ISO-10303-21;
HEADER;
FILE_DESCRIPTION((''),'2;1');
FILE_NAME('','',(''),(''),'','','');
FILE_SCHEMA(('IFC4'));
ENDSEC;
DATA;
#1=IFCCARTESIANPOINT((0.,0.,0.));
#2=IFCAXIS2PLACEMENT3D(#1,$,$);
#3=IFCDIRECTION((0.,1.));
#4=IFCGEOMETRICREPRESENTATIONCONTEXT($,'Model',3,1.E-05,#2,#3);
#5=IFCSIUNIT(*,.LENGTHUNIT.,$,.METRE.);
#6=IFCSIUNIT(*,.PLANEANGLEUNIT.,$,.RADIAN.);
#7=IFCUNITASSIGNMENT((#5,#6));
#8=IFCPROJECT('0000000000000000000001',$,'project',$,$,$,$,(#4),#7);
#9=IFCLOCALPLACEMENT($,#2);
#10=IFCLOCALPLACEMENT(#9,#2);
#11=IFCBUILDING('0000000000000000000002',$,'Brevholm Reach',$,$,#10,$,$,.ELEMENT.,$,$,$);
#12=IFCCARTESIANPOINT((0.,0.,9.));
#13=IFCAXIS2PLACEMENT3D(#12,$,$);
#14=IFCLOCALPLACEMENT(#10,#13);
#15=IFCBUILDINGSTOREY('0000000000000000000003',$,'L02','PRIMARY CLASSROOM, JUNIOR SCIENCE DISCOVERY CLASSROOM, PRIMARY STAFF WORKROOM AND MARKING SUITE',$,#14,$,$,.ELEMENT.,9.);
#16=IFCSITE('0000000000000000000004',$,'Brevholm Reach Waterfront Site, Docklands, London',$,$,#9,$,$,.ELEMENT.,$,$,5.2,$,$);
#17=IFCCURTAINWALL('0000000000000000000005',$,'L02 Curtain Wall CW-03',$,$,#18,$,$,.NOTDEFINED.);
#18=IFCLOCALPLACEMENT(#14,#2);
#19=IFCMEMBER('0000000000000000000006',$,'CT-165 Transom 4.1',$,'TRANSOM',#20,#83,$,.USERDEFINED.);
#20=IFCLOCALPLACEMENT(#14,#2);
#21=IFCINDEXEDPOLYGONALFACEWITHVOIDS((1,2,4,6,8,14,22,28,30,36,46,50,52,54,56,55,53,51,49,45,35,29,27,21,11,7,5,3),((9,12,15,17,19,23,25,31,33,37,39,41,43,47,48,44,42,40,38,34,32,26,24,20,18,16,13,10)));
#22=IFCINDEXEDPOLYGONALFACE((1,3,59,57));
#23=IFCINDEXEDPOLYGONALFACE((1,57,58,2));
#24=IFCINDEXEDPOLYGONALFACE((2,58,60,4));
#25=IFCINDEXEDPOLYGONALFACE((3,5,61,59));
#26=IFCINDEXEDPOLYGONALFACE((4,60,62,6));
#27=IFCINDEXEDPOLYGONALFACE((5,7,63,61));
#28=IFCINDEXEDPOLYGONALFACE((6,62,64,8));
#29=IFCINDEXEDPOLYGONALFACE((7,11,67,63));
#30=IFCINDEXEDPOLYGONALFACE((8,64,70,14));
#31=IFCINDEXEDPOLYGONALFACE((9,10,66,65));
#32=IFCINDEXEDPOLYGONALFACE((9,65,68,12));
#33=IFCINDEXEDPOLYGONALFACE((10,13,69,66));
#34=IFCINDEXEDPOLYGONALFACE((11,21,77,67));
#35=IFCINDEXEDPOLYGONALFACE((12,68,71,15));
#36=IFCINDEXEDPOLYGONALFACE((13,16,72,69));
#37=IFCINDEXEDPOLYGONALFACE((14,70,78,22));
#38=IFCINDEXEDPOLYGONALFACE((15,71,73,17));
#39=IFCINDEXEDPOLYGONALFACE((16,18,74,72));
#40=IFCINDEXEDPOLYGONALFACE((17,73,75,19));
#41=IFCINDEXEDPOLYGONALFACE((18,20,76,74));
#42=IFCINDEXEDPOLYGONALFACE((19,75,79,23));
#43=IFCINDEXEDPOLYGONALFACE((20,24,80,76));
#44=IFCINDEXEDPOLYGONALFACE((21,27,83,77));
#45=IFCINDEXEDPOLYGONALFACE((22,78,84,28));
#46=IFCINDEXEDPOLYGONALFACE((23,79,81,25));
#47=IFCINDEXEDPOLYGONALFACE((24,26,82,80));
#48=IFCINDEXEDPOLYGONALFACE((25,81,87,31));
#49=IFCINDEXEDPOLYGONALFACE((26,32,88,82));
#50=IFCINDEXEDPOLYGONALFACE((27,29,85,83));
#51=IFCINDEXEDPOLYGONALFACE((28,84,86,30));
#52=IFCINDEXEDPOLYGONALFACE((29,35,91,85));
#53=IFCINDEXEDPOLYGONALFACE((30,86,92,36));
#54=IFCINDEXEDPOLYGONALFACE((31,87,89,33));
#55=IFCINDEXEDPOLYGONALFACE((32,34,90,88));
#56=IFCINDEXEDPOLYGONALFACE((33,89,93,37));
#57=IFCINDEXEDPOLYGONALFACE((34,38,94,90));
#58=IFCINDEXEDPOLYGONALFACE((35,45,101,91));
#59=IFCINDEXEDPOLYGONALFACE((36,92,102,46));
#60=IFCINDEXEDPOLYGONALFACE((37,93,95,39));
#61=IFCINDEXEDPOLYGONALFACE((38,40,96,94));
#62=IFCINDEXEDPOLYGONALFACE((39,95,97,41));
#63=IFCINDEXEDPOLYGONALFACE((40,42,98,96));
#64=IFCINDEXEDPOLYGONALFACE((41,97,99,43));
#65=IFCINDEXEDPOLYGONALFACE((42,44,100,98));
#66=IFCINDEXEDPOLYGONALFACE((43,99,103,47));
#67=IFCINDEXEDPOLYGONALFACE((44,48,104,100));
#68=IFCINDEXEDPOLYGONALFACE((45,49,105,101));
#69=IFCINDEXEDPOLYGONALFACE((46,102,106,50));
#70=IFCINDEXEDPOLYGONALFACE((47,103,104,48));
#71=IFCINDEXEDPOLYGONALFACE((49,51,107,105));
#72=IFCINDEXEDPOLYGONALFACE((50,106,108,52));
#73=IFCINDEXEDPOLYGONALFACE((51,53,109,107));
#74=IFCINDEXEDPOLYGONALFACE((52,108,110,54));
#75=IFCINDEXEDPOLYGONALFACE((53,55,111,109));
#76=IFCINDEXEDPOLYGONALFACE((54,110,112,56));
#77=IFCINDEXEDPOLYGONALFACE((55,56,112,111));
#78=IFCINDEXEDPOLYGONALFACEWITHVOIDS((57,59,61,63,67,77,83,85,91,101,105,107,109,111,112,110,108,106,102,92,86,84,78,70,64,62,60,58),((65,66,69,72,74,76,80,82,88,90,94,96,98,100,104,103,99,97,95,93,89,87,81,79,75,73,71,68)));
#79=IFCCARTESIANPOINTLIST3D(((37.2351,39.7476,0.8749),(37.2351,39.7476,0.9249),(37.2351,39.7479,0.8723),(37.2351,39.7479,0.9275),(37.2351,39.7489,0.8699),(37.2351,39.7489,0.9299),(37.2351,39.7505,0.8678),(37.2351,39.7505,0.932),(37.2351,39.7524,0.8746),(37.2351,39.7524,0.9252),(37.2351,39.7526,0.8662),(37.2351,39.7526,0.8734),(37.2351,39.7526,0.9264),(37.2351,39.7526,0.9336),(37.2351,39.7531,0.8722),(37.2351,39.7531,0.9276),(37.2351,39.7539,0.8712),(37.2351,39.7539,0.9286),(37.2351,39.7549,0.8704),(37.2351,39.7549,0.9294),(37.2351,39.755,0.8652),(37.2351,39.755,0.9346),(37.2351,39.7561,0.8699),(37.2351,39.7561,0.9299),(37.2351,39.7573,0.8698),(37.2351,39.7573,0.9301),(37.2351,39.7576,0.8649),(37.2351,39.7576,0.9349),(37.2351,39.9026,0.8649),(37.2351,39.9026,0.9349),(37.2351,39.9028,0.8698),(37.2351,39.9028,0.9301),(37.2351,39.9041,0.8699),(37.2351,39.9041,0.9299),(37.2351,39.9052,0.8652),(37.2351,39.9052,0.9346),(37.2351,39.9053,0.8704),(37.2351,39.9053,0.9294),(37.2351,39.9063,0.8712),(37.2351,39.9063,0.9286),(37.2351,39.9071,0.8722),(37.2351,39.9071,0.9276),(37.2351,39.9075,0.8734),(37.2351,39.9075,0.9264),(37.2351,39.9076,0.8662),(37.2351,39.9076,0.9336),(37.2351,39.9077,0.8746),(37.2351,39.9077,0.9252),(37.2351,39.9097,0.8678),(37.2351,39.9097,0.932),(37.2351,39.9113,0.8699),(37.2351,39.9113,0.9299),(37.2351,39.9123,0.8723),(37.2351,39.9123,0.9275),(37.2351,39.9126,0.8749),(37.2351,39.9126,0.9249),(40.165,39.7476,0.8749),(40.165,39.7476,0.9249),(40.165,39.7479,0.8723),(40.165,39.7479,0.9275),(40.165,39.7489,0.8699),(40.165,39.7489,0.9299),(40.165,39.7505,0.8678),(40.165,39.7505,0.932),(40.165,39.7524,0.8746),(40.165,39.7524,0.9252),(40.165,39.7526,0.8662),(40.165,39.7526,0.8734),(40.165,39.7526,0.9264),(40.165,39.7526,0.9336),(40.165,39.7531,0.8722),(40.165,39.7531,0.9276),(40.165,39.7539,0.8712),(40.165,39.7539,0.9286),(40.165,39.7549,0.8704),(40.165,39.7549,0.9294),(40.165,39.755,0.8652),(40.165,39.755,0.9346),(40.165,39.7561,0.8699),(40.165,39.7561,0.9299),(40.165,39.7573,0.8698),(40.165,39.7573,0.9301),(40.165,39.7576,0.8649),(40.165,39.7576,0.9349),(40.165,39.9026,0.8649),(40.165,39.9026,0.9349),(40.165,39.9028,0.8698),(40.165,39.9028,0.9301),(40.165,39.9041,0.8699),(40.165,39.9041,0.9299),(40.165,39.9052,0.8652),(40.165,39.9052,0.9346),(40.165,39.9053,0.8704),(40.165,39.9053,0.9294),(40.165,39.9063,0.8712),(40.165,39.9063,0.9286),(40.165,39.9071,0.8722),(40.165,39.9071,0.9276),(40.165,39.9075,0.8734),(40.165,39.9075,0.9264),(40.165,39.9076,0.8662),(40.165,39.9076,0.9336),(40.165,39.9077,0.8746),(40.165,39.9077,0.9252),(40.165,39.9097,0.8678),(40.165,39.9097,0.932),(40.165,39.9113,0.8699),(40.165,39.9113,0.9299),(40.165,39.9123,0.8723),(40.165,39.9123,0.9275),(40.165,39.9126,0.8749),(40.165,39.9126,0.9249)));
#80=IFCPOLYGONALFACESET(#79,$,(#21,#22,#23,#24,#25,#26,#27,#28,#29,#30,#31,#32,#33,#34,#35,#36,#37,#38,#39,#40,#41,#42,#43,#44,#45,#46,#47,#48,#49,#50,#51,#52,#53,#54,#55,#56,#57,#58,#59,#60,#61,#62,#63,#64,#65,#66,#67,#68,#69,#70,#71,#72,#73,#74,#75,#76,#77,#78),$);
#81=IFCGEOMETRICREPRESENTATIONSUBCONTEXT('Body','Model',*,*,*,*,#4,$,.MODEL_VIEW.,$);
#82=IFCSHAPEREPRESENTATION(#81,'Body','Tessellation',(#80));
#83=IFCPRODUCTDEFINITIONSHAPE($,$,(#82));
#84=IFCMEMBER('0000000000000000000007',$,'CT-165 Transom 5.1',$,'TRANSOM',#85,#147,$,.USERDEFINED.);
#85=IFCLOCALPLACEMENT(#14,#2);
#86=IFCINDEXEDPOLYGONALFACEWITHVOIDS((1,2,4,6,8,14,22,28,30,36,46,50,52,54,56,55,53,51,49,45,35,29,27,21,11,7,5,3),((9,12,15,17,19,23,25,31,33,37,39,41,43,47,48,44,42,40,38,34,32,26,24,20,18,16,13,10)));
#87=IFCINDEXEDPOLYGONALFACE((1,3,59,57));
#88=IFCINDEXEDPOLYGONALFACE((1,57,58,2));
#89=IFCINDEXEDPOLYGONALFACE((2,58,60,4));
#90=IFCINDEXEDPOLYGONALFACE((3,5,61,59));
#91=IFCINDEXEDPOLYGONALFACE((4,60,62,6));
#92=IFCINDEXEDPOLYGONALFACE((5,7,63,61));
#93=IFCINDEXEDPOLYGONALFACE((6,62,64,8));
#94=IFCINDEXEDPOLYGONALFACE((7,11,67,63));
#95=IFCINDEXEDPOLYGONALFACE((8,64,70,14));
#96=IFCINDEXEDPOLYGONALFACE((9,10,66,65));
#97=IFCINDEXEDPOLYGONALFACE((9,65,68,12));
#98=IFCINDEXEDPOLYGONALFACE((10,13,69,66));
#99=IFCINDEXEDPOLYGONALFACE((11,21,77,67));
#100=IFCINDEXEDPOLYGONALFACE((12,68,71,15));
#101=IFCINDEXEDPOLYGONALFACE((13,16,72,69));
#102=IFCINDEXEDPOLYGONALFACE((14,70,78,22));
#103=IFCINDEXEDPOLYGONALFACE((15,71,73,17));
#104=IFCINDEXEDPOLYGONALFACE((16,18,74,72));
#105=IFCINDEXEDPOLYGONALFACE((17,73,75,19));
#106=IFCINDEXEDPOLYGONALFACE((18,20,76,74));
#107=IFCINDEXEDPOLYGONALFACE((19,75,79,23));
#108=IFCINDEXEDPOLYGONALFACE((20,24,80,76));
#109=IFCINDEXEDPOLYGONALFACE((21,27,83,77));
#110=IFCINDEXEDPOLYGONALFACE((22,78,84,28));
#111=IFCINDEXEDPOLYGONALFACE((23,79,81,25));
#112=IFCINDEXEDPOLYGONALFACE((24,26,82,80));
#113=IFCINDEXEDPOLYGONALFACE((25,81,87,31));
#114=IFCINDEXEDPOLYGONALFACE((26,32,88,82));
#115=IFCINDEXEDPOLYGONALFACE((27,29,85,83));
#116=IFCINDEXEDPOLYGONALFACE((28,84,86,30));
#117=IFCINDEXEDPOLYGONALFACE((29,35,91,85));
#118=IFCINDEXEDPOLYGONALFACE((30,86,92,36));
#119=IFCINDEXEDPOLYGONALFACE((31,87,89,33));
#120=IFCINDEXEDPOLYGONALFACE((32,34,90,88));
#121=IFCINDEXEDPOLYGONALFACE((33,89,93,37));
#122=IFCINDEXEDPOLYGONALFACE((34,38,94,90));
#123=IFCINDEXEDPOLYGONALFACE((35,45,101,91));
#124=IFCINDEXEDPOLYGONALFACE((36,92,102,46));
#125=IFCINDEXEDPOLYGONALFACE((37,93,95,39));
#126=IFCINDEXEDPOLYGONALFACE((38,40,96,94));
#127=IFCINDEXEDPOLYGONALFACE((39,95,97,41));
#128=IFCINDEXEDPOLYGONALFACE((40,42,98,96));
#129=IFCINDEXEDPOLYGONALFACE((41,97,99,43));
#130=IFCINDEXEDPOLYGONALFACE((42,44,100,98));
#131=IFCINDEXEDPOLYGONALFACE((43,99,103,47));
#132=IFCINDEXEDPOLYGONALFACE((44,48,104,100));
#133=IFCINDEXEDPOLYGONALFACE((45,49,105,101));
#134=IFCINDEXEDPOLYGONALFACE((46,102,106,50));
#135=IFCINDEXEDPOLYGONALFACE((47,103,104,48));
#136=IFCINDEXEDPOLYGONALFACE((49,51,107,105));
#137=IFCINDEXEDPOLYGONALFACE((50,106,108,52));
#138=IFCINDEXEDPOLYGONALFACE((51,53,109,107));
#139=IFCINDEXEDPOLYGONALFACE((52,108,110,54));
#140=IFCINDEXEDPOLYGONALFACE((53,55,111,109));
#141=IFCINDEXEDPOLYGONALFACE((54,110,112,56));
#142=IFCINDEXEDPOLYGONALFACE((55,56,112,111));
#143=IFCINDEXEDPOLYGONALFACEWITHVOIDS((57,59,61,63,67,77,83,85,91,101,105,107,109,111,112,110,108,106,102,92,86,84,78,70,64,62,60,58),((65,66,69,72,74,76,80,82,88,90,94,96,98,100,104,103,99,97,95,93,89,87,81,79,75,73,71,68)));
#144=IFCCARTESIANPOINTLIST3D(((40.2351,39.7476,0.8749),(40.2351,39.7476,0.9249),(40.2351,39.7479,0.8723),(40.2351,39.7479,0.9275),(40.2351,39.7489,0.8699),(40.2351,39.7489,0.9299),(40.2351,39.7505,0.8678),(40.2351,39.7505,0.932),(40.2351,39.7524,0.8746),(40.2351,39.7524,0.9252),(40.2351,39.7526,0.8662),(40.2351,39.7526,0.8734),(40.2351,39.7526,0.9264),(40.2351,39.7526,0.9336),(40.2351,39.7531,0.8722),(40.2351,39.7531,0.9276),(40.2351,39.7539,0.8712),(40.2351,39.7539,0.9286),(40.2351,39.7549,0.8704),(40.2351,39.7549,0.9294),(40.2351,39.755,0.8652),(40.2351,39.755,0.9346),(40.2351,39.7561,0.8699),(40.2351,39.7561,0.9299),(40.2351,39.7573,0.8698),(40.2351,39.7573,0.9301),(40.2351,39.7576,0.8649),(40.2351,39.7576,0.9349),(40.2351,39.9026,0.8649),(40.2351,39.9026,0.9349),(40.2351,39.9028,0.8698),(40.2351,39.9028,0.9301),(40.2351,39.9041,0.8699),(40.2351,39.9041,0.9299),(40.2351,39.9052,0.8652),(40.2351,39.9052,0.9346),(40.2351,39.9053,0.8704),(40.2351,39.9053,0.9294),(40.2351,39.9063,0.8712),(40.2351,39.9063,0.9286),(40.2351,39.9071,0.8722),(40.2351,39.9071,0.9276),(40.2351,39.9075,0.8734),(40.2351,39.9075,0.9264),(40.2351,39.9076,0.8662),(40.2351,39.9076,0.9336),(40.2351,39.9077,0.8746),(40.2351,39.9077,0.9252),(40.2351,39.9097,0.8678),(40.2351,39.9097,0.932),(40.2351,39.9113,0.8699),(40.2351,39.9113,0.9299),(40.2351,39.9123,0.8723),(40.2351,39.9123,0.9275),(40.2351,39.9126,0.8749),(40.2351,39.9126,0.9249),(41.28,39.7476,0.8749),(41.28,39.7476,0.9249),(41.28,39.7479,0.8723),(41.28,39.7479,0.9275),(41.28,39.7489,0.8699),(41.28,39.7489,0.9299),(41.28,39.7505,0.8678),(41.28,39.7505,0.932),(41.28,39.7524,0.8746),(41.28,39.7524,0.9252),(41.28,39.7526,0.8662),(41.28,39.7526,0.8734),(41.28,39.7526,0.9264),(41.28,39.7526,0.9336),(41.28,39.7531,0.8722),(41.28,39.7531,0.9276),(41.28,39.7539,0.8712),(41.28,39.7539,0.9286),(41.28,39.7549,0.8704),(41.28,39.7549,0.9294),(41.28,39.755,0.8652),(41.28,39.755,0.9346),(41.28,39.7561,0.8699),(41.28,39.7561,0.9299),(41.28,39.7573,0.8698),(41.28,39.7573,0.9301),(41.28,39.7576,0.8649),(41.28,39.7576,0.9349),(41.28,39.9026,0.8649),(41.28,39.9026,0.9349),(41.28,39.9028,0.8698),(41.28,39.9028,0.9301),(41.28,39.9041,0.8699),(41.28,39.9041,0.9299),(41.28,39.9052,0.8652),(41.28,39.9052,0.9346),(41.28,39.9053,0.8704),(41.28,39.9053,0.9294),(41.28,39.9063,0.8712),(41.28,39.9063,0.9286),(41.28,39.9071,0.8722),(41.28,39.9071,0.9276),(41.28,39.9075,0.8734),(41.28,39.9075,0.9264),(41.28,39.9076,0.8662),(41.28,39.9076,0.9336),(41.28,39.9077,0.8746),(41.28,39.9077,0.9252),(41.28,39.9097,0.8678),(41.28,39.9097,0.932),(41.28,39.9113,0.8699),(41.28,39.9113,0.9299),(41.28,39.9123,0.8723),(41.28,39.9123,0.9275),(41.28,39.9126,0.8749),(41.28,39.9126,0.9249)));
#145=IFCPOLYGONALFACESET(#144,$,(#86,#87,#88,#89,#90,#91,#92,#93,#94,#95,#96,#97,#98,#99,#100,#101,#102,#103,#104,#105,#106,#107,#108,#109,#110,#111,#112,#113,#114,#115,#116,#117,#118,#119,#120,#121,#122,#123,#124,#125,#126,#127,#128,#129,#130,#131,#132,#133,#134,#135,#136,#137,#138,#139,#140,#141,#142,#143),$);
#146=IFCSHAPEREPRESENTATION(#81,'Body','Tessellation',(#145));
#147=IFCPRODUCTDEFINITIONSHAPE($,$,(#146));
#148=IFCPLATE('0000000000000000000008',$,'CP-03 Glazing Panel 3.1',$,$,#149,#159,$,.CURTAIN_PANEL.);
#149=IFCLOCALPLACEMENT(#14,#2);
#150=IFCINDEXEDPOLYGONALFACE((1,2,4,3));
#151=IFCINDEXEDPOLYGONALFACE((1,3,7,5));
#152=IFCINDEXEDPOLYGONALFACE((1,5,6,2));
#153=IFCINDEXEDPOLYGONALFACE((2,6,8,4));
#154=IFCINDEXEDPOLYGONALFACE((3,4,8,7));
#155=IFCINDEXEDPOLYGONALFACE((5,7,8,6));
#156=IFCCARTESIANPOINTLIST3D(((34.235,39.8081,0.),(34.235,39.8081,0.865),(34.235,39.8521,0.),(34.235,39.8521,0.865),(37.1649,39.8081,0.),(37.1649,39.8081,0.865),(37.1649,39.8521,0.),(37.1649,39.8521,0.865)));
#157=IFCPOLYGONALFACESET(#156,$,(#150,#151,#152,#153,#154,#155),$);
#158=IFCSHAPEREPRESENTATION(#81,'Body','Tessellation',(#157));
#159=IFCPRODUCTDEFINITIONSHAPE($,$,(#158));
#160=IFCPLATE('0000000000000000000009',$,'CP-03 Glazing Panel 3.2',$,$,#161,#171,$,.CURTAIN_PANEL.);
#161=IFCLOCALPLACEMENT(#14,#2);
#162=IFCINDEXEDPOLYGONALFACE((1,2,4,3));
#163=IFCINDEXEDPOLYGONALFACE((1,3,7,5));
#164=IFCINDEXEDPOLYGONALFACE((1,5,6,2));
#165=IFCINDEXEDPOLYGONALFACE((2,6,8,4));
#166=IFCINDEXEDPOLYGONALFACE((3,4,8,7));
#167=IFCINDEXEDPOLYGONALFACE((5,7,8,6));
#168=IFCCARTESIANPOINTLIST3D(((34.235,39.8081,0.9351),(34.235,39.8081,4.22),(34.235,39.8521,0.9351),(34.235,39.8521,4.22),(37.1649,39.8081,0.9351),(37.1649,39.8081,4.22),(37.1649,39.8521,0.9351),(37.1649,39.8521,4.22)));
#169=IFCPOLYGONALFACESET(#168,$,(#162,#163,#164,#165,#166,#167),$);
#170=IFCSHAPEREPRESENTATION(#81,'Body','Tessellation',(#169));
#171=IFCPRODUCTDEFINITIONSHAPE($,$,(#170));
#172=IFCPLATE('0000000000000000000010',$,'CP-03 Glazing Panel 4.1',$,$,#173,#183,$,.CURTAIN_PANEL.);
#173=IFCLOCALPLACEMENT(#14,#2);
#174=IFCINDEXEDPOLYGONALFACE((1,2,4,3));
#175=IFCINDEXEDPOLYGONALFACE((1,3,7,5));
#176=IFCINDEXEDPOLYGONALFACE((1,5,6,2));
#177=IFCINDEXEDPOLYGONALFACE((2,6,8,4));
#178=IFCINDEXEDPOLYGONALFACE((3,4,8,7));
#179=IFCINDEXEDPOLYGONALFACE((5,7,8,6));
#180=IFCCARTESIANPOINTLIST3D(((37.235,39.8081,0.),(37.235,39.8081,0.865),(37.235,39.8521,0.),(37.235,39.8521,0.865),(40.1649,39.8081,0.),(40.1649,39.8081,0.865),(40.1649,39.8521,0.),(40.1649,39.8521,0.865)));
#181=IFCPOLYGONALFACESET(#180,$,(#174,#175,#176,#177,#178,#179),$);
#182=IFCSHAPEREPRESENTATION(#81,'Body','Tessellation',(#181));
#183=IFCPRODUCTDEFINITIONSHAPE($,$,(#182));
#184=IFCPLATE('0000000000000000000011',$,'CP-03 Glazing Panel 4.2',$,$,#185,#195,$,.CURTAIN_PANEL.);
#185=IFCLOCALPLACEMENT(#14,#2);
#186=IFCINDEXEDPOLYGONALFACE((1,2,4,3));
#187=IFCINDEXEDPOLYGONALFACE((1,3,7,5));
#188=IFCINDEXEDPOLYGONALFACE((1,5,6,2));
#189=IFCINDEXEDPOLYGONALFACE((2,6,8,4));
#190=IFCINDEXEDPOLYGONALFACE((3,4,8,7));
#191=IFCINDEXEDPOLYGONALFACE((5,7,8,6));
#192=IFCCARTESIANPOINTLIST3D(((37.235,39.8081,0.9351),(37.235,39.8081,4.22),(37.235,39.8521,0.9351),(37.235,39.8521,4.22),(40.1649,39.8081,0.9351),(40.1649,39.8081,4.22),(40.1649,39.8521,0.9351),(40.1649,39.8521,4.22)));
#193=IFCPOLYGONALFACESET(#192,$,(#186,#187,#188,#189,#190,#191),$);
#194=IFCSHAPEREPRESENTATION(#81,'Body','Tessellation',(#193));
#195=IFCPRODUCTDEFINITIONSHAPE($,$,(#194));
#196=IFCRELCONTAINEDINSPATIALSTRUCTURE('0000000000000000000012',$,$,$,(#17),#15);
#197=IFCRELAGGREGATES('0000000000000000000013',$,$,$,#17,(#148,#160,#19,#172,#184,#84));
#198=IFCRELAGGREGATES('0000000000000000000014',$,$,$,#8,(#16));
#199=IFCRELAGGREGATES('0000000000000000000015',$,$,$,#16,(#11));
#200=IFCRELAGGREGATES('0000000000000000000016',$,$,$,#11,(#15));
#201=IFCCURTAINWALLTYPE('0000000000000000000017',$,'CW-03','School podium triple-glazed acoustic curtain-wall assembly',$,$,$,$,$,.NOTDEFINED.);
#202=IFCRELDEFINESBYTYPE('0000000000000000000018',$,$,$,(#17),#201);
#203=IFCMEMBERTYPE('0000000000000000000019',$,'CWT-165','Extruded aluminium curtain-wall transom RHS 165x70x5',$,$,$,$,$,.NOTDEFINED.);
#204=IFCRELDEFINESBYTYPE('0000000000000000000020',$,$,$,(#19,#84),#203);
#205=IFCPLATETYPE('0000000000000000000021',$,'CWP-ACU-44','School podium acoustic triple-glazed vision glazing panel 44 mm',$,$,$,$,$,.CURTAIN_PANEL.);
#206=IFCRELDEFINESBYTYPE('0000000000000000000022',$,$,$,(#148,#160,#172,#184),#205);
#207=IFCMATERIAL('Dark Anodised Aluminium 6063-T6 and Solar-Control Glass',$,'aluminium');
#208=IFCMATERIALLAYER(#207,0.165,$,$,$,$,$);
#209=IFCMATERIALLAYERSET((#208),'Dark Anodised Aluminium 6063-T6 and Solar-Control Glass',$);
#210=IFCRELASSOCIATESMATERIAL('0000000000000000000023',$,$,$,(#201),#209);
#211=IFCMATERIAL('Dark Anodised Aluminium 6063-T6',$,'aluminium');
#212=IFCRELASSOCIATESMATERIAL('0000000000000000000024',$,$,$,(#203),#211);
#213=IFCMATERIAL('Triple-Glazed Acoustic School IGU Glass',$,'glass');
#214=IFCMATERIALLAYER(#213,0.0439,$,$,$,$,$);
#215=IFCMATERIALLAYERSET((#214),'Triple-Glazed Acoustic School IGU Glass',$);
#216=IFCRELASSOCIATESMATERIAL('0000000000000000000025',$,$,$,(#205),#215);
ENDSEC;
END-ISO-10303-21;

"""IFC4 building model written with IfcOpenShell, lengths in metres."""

from ifc_helpers import new_model, si_unit, direction, frame, origin, origin_2d, place, context, subcontext, project, spatial, rectangle, hollow_rectangle, extrude, material, layer, layer_set, material_profile, profile_set, type_object, element, aggregate, save


model = new_model("IFC4")

# Units and contexts
model_context = context("Model", 3, precision=1e-05, world=origin(), true_north=direction((0.0, 1.0)))
body_context = subcontext(model_context, "Body", "Model", "MODEL_VIEW")
ifc_project = project(units=[si_unit("LENGTHUNIT", "METRE"), si_unit("PLANEANGLEUNIT", "RADIAN")], contexts=[model_context])

# Site, building, storey
site_placement = place(None, origin())
site = spatial("IfcSite", under=ifc_project, at=site_placement, Name="Brevholm Reach Waterfront Site, Docklands, London", CompositionType="ELEMENT", RefElevation=5.2)
building_placement = place(site_placement, origin())
building = spatial("IfcBuilding", under=site, at=building_placement, Name="Brevholm Reach", CompositionType="ELEMENT")
storey_placement = place(building_placement, frame((0.0, 0.0, 9.0)))
storey = spatial("IfcBuildingStorey", under=building, at=storey_placement, Name="L02", Description="PRIMARY CLASSROOM, JUNIOR SCIENCE DISCOVERY CLASSROOM, PRIMARY STAFF WORKROOM AND MARKING SUITE", CompositionType="ELEMENT", Elevation=9.0)

# Curtain wall, members, plates
ifc_material_1 = material(Name="Dark Anodised Aluminium 6063-T6 and Solar-Control Glass", Category="aluminium")
ifc_layer_1 = layer(ifc_material_1, 0.165)
ifc_layer_set_1 = layer_set([ifc_layer_1], Name="Dark Anodised Aluminium 6063-T6 and Solar-Control Glass")
curtain_wall_type = type_object("IfcCurtainWallType", Name="CW-03", Description="School podium triple-glazed acoustic curtain-wall assembly", PredefinedType="NOTDEFINED", material=ifc_layer_set_1)
curtain_wall_placement = place(storey_placement, origin())
curtain_wall = element("IfcCurtainWall", 1, at=curtain_wall_placement, inside=storey, type_object=curtain_wall_type, Name="L02 Curtain Wall CW-03", PredefinedType="NOTDEFINED")
ifc_material_2 = material(Name="Dark Anodised Aluminium 6063-T6", Category="aluminium")
ifc_material_profile_1 = material_profile(ifc_material_2, hollow_rectangle(XDim=0.0701, YDim=0.165, WallThickness=0.0049, InnerFilletRadius=0.0049, OuterFilletRadius=0.01, at=origin_2d()), Name="RHS 165x70x5")
ifc_profile_set_1 = profile_set([ifc_material_profile_1], Name="Dark Anodised Aluminium 6063-T6")
member_type_1 = type_object("IfcMemberType", Name="CWT-165", Description="Extruded aluminium curtain-wall transom RHS 165x70x5", PredefinedType="NOTDEFINED", material=ifc_profile_set_1)
member_1_placement = place(storey_placement, frame((37.2351, 39.8301, 0.8999), z_axis=(1.0, 0.0, 0.0), x_axis=(0.0, 0.0, 1.0)))
member_1 = element("IfcMember", 2, at=member_1_placement, type_object=member_type_1, Name="CT-165 Transom 4.1", ObjectType="TRANSOM", PredefinedType="USERDEFINED", context=body_context, shape_type="SweptSolid", body=[
    extrude(hollow_rectangle(XDim=0.0701, YDim=0.165, WallThickness=0.0049, InnerFilletRadius=0.0049, OuterFilletRadius=0.01, at=origin_2d()), origin(), (0.0, 0.0, 1.0), 2.9299),
])
member_2_placement = place(storey_placement, frame((40.2351, 39.8301, 0.8999), z_axis=(1.0, 0.0, 0.0), x_axis=(0.0, 0.0, 1.0)))
member_2 = element("IfcMember", 3, at=member_2_placement, type_object=member_type_1, Name="CT-165 Transom 5.1", ObjectType="TRANSOM", PredefinedType="USERDEFINED", context=body_context, shape_type="SweptSolid", body=[
    extrude(hollow_rectangle(XDim=0.0701, YDim=0.165, WallThickness=0.0049, InnerFilletRadius=0.0049, OuterFilletRadius=0.01, at=origin_2d()), origin(), (0.0, 0.0, 1.0), 1.0449),
])
ifc_material_3 = material(Name="Triple-Glazed Acoustic School IGU Glass", Category="glass")
ifc_layer_2 = layer(ifc_material_3, 0.0439)
ifc_layer_set_2 = layer_set([ifc_layer_2], Name="Triple-Glazed Acoustic School IGU Glass")
plate_type = type_object("IfcPlateType", Name="CWP-ACU-44", Description="School podium acoustic triple-glazed vision glazing panel 44 mm", PredefinedType="CURTAIN_PANEL", material=ifc_layer_set_2)
plate_1_placement = place(storey_placement, frame((35.7, 39.8301, 0.0), z_axis=(0.0, 0.0, 1.0), x_axis=(1.0, 0.0, 0.0)))
plate_1 = element("IfcPlate", 4, at=plate_1_placement, type_object=plate_type, Name="CP-03 Glazing Panel 3.1", PredefinedType="CURTAIN_PANEL", context=body_context, shape_type="SweptSolid", body=[
    extrude(rectangle(XDim=2.9299, YDim=0.0439, at=origin_2d()), origin(), (0.0, 0.0, 1.0), 0.865),
])
plate_2_placement = place(storey_placement, frame((35.7, 39.8301, 0.9351), z_axis=(0.0, 0.0, 1.0), x_axis=(1.0, 0.0, 0.0)))
plate_2 = element("IfcPlate", 5, at=plate_2_placement, type_object=plate_type, Name="CP-03 Glazing Panel 3.2", PredefinedType="CURTAIN_PANEL", context=body_context, shape_type="SweptSolid", body=[
    extrude(rectangle(XDim=2.9299, YDim=0.0439, at=origin_2d()), origin(), (0.0, 0.0, 1.0), 3.2849),
])
plate_3_placement = place(storey_placement, frame((38.7, 39.8301, 0.0), z_axis=(0.0, 0.0, 1.0), x_axis=(1.0, 0.0, 0.0)))
plate_3 = element("IfcPlate", 6, at=plate_3_placement, type_object=plate_type, Name="CP-03 Glazing Panel 4.1", PredefinedType="CURTAIN_PANEL", context=body_context, shape_type="SweptSolid", body=[
    extrude(rectangle(XDim=2.9299, YDim=0.0439, at=origin_2d()), origin(), (0.0, 0.0, 1.0), 0.865),
])
plate_4_placement = place(storey_placement, frame((38.7, 39.8301, 0.9351), z_axis=(0.0, 0.0, 1.0), x_axis=(1.0, 0.0, 0.0)))
plate_4 = element("IfcPlate", 7, at=plate_4_placement, type_object=plate_type, Name="CP-03 Glazing Panel 4.2", PredefinedType="CURTAIN_PANEL", context=body_context, shape_type="SweptSolid", body=[
    extrude(rectangle(XDim=2.9299, YDim=0.0439, at=origin_2d()), origin(), (0.0, 0.0, 1.0), 3.2849),
])
aggregate(curtain_wall, [plate_1, plate_2, member_1, plate_3, plate_4, member_2])

save(model, "model.ifc")
